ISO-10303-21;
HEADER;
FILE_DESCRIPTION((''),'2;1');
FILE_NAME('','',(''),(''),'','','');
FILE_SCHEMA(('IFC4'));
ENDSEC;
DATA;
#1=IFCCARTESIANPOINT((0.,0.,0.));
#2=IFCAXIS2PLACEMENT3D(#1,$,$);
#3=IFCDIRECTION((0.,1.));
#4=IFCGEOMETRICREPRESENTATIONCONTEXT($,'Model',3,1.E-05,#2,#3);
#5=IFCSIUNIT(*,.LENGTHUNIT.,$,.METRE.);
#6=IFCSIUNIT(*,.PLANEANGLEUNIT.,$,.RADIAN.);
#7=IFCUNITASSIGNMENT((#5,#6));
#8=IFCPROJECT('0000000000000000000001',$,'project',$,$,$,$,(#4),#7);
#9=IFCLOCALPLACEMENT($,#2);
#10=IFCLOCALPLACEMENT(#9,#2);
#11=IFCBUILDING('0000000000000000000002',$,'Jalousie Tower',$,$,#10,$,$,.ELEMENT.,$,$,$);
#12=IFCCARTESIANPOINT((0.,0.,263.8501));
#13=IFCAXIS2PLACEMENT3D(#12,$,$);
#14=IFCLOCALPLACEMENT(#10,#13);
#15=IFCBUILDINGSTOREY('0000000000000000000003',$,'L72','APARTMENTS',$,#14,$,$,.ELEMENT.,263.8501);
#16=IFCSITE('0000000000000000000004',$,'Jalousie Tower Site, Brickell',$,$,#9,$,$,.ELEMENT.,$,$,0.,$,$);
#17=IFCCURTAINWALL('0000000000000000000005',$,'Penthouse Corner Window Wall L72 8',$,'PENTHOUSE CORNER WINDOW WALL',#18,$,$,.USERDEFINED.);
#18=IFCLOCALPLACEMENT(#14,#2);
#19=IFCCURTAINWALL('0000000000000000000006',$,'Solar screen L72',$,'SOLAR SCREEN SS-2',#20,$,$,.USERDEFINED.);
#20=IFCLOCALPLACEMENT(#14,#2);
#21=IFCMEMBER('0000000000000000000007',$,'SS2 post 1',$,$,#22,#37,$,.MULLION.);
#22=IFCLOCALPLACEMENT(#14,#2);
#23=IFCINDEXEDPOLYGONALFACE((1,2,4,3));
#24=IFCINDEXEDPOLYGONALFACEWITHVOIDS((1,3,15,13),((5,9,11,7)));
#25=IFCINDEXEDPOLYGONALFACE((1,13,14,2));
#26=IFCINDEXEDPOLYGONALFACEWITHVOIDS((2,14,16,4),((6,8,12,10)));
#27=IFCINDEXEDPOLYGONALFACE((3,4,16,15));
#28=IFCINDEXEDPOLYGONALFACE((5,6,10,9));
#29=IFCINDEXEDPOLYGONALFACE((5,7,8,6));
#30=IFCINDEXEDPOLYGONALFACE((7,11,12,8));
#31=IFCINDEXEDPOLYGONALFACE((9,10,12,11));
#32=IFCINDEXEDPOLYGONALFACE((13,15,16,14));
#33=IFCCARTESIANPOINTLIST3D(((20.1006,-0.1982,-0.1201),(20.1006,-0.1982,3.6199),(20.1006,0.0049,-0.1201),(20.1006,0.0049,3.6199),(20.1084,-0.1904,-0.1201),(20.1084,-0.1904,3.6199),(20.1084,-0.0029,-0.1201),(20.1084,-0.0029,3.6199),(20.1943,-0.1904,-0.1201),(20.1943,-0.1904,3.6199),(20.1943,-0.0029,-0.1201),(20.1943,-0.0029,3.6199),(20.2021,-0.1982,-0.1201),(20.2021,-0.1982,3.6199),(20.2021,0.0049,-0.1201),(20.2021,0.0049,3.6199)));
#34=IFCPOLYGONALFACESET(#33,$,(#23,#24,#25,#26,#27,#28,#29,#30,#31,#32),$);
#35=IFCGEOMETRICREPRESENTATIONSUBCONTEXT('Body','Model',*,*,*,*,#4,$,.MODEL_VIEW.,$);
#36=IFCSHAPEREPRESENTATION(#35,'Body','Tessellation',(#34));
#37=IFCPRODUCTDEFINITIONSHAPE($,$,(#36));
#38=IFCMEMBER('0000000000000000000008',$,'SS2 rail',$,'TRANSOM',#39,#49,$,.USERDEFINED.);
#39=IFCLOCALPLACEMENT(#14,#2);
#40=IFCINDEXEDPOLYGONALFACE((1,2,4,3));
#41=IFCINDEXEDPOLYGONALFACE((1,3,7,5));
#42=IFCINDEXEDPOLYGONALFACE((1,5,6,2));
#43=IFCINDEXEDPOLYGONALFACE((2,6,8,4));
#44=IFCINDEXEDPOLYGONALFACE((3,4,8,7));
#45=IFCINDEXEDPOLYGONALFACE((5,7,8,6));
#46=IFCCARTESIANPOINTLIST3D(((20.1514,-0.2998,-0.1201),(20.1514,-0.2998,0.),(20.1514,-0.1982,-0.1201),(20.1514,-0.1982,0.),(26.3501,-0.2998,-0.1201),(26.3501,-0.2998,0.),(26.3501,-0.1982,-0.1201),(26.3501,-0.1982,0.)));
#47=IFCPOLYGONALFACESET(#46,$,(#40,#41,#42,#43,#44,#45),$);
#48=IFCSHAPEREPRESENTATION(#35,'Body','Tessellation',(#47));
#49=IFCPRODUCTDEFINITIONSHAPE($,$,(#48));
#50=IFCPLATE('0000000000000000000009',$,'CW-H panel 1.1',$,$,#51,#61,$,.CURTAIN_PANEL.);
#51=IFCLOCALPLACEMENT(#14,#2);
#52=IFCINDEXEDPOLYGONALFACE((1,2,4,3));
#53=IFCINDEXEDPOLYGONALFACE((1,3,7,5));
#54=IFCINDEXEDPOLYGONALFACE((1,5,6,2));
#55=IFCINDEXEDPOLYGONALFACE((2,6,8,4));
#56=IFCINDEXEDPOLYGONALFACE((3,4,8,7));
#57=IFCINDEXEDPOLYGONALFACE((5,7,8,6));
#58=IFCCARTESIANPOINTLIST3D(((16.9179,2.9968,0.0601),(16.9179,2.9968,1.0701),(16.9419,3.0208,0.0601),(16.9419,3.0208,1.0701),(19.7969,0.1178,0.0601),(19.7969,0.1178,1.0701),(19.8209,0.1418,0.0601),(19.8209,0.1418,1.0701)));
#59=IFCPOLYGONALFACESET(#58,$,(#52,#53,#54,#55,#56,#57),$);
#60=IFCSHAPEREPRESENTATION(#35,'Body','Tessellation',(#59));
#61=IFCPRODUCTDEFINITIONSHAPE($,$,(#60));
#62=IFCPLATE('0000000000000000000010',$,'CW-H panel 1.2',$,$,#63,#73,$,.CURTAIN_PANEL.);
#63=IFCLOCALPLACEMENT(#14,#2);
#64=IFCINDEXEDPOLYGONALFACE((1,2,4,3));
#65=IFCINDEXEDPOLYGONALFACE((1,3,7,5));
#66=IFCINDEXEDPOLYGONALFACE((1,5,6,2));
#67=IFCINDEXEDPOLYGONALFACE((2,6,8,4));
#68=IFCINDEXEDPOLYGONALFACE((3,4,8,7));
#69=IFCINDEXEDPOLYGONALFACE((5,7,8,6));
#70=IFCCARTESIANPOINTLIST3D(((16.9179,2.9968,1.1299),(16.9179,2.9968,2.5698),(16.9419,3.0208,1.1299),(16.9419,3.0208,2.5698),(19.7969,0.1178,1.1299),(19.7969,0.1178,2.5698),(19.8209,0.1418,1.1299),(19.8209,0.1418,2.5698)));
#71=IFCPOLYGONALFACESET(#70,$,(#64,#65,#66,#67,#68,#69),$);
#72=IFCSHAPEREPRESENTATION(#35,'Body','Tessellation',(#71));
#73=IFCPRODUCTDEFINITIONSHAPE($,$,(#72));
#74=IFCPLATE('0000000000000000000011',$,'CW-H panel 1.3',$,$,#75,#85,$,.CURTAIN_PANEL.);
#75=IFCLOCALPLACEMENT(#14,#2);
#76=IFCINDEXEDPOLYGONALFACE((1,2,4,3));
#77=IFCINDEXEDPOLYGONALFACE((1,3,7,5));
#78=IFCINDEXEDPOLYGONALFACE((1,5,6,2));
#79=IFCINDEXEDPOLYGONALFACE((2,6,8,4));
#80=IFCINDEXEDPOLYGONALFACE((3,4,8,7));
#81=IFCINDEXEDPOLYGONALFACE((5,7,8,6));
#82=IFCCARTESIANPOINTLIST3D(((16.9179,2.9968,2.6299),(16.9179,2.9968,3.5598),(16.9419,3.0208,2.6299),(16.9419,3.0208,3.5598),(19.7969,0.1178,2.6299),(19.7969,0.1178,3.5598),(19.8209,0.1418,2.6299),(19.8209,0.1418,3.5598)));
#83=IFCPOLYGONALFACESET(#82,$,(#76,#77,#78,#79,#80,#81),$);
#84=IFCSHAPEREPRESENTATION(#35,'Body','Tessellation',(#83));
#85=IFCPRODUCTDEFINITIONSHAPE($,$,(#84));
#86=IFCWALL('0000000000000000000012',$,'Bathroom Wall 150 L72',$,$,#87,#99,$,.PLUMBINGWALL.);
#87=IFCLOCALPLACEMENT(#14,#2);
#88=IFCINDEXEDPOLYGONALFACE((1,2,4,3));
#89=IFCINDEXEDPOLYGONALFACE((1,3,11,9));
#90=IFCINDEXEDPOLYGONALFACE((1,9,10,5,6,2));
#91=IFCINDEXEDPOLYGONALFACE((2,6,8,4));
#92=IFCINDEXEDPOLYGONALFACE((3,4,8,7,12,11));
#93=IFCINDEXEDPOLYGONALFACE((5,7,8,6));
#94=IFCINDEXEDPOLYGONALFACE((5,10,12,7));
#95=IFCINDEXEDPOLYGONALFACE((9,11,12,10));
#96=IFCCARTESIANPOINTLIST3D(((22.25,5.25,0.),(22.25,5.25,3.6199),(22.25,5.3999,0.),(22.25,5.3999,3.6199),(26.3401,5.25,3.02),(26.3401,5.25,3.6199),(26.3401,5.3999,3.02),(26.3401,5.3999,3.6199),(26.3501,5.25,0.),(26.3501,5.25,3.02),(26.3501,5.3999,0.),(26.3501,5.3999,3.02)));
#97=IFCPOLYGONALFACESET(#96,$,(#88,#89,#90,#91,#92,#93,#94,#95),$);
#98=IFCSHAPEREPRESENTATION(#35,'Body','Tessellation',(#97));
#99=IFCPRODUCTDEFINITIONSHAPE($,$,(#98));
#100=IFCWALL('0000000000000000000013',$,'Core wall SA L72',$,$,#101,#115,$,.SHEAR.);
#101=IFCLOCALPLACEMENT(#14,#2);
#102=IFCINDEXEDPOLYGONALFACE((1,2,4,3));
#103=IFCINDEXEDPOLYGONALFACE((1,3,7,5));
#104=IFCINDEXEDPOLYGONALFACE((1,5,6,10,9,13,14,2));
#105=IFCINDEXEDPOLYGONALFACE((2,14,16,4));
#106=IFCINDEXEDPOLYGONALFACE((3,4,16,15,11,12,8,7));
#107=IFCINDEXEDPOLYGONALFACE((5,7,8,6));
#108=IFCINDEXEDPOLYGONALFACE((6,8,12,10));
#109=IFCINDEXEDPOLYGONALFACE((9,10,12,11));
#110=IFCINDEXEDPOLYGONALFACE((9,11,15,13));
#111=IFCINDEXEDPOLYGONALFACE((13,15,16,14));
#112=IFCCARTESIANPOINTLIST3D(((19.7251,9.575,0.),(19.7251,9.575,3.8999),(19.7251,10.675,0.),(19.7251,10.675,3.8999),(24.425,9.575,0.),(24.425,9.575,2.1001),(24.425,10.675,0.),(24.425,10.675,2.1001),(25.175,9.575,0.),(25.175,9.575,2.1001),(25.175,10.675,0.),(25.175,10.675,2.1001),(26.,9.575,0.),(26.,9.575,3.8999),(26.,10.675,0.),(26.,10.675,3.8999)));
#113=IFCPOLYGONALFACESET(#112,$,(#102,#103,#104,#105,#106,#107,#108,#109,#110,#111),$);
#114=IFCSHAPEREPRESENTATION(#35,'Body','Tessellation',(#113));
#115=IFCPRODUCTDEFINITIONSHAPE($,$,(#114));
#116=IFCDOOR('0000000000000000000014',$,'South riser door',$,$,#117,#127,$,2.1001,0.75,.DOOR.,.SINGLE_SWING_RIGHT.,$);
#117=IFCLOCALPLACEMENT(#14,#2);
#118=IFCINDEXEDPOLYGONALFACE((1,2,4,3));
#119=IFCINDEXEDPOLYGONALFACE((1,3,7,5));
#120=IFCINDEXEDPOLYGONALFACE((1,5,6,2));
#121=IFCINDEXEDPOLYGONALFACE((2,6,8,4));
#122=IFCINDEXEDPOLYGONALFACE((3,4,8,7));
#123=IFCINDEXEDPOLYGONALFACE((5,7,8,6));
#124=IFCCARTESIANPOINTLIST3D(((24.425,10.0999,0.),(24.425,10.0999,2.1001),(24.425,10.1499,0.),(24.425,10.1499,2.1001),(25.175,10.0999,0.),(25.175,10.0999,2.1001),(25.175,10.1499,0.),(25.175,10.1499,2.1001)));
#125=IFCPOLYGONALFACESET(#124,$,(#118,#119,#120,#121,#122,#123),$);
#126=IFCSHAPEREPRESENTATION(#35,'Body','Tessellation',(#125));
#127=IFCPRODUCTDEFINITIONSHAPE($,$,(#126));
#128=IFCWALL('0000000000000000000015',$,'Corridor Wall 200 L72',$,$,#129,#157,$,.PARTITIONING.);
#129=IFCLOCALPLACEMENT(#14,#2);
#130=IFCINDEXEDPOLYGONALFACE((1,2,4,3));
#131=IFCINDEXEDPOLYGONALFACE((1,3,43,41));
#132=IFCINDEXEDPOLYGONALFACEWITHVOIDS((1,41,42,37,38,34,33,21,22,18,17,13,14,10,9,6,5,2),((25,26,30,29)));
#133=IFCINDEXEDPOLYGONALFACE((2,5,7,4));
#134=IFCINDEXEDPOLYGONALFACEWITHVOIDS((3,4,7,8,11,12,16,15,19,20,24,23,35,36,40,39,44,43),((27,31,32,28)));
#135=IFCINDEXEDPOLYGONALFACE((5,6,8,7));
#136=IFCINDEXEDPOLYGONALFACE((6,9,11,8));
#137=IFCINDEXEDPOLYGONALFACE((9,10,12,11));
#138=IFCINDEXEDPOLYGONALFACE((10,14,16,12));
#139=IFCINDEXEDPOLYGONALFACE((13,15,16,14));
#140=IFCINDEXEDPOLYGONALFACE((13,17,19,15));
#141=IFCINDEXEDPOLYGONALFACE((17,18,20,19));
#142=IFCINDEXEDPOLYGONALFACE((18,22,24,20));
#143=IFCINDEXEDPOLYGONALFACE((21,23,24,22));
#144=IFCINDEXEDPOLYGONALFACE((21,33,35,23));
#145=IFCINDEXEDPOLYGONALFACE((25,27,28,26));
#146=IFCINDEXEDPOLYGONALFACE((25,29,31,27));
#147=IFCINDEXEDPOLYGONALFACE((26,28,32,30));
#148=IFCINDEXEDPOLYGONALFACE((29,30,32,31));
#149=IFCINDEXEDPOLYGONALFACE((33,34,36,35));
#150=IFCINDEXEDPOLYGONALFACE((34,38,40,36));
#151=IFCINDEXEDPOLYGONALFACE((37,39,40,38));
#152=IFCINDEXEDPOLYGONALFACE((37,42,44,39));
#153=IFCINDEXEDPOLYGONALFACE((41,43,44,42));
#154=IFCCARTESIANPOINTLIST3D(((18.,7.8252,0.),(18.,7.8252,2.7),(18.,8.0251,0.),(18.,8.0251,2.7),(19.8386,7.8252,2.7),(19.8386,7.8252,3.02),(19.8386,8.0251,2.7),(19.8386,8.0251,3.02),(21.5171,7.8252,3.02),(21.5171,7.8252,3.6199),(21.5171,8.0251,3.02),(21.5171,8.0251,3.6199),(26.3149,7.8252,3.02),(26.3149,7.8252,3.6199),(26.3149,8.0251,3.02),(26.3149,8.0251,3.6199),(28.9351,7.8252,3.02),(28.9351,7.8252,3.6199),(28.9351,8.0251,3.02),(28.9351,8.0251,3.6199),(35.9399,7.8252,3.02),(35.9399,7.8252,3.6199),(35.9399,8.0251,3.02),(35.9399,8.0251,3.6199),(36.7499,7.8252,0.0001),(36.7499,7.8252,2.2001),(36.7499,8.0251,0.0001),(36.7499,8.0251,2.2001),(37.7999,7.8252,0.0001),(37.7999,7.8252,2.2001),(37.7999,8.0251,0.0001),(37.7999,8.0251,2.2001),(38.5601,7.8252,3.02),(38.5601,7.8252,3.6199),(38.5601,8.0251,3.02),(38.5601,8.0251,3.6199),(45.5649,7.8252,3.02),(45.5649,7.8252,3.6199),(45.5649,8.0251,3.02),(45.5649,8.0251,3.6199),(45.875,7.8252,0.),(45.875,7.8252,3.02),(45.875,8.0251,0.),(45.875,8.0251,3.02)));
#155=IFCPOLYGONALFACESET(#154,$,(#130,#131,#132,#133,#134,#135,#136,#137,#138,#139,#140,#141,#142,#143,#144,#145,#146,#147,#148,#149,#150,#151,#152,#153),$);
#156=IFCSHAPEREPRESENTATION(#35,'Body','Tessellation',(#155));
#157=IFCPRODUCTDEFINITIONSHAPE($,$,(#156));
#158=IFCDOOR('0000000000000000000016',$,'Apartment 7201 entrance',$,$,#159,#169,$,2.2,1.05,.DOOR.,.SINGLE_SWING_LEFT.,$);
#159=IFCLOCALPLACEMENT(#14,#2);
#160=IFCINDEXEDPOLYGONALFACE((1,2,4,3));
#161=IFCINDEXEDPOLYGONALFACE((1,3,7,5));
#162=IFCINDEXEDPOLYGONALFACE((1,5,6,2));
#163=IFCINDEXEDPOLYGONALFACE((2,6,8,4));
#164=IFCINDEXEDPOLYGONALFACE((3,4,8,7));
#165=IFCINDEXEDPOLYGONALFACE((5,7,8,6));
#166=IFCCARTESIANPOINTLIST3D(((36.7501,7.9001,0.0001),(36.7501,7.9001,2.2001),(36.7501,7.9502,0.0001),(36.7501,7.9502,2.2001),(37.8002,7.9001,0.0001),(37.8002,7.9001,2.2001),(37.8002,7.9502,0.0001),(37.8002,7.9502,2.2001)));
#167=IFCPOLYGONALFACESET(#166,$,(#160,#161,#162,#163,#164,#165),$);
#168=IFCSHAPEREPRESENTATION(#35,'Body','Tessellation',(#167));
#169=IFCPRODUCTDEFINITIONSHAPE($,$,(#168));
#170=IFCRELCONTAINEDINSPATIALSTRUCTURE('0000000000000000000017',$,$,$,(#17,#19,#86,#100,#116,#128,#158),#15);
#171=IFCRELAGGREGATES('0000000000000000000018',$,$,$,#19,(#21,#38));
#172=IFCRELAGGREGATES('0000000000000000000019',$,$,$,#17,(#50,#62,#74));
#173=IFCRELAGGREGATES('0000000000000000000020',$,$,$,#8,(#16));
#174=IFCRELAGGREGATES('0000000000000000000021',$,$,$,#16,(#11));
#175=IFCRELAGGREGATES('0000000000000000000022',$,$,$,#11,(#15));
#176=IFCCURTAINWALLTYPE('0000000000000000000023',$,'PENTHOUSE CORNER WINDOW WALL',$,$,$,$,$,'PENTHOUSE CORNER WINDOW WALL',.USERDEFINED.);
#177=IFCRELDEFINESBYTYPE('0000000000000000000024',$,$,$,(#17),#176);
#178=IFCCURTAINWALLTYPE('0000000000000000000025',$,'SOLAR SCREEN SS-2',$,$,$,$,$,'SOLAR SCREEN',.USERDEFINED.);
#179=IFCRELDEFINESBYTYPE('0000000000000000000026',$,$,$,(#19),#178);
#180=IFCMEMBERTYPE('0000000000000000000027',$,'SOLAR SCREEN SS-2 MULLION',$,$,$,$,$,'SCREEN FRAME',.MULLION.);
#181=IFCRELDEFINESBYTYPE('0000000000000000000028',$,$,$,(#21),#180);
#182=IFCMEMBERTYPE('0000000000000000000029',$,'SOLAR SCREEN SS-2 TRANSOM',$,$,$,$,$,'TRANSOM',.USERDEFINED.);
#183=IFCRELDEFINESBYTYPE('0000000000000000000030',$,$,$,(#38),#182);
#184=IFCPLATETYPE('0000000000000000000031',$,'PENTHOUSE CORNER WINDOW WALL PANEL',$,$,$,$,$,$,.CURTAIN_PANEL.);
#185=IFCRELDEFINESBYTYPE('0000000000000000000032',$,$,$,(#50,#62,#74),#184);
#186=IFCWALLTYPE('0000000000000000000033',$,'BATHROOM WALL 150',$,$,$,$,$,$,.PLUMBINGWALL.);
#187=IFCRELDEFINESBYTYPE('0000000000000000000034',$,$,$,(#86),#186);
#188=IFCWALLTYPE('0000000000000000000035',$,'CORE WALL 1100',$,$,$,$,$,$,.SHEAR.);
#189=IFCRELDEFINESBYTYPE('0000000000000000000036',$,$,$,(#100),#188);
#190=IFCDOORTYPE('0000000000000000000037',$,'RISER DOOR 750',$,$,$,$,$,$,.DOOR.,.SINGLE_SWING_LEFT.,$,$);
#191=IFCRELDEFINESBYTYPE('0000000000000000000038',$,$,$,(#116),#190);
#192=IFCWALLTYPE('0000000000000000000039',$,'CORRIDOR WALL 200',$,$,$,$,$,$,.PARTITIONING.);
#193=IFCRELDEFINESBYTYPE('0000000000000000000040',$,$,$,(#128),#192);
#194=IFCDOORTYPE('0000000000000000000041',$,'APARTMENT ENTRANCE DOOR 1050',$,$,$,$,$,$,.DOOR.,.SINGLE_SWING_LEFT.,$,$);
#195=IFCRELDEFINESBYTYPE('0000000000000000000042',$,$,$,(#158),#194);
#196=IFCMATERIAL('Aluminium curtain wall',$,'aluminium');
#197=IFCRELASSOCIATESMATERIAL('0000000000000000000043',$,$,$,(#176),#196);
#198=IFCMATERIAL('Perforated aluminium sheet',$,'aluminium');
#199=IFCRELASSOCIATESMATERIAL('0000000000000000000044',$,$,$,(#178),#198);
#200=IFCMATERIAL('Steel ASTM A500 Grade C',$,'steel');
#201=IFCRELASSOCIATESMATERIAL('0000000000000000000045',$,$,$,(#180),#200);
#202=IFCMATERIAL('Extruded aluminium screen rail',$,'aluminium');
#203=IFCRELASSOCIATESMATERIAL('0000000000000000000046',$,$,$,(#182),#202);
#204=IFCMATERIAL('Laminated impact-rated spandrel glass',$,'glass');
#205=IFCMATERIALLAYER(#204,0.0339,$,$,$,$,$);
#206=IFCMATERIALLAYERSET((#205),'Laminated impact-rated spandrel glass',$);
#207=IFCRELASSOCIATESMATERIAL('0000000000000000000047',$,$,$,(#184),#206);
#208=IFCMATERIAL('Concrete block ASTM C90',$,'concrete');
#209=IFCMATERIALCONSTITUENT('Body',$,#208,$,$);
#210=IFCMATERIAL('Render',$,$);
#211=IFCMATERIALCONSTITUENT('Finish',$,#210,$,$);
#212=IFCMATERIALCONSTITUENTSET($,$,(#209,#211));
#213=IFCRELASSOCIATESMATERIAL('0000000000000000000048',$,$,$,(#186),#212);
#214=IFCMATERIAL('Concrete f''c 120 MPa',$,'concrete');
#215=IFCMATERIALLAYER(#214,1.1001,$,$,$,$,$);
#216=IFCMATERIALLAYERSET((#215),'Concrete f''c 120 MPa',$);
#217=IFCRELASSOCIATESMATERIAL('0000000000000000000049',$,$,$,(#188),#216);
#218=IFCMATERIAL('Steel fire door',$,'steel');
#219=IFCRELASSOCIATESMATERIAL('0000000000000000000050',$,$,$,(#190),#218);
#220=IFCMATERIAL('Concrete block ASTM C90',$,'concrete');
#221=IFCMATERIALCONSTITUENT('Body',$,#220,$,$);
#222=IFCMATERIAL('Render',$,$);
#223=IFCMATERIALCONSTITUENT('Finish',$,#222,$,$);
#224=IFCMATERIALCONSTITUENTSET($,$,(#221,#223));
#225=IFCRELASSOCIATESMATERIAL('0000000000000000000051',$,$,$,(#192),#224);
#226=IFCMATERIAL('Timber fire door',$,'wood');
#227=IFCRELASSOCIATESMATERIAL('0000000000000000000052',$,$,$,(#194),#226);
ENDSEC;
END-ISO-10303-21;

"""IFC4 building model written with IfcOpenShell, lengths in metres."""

from ifc_helpers import new_model, si_unit, direction, frame, frame_2d, origin, origin_2d, place, context, subcontext, project, spatial, polyline, rectangle, hollow_rectangle, outline, extrude, material, layer, layer_set, constituent, constituent_set, material_profile, profile_set, type_object, element, fill, aggregate, save


model = new_model("IFC4")

# Units and contexts
model_context = context("Model", 3, precision=1e-05, world=origin(), true_north=direction((0.0, 1.0)))
body_context = subcontext(model_context, "Body", "Model", "MODEL_VIEW")
ifc_project = project(units=[si_unit("LENGTHUNIT", "METRE"), si_unit("PLANEANGLEUNIT", "RADIAN")], contexts=[model_context])

# Site, building, storey
site_placement = place(None, origin())
site = spatial("IfcSite", under=ifc_project, at=site_placement, Name="Jalousie Tower Site, Brickell", CompositionType="ELEMENT", RefElevation=0.0)
building_placement = place(site_placement, origin())
building = spatial("IfcBuilding", under=site, at=building_placement, Name="Jalousie Tower", CompositionType="ELEMENT")
storey_placement = place(building_placement, frame((0.0, 0.0, 263.8501)))
storey = spatial("IfcBuildingStorey", under=building, at=storey_placement, Name="L72", Description="APARTMENTS", CompositionType="ELEMENT", Elevation=263.8501)

# Curtain wall
ifc_material_1 = material(Name="Aluminium curtain wall", Category="aluminium")
curtain_wall_type_1 = type_object("IfcCurtainWallType", Name="PENTHOUSE CORNER WINDOW WALL", ElementType="PENTHOUSE CORNER WINDOW WALL", PredefinedType="USERDEFINED", material=ifc_material_1)
curtain_wall_1_placement = place(storey_placement, origin())
curtain_wall_1 = element("IfcCurtainWall", 1, at=curtain_wall_1_placement, inside=storey, type_object=curtain_wall_type_1, Name="Penthouse Corner Window Wall L72 8", ObjectType="PENTHOUSE CORNER WINDOW WALL", PredefinedType="USERDEFINED")

# Curtain wall, members
ifc_material_2 = material(Name="Perforated aluminium sheet", Category="aluminium")
curtain_wall_type_2 = type_object("IfcCurtainWallType", Name="SOLAR SCREEN SS-2", ElementType="SOLAR SCREEN", PredefinedType="USERDEFINED", material=ifc_material_2)
curtain_wall_2_placement = place(storey_placement, origin())
curtain_wall_2 = element("IfcCurtainWall", 2, at=curtain_wall_2_placement, inside=storey, type_object=curtain_wall_type_2, Name="Solar screen L72", ObjectType="SOLAR SCREEN SS-2", PredefinedType="USERDEFINED")
ifc_material_3 = material(Name="Steel ASTM A500 Grade C", Category="steel")
ifc_material_profile_1 = material_profile(ifc_material_3, hollow_rectangle(XDim=0.1016, YDim=0.2031, WallThickness=0.0078, at=origin_2d()), Name="HSS8X4X5/16")
ifc_profile_set_1 = profile_set([ifc_material_profile_1], Name="Steel ASTM A500 Grade C")
member_type_1 = type_object("IfcMemberType", Name="SOLAR SCREEN SS-2 MULLION", ElementType="SCREEN FRAME", PredefinedType="MULLION", material=ifc_profile_set_1)
member_1_placement = place(storey_placement, frame((20.1514, -0.0967, -0.1201), z_axis=(0.0, 0.0, 1.0), x_axis=(1.0, 0.0, 0.0)))
member_1 = element("IfcMember", 3, at=member_1_placement, type_object=member_type_1, Name="SS2 post 1", PredefinedType="MULLION", context=body_context, shape_type="SweptSolid", body=[
    extrude(hollow_rectangle(XDim=0.1016, YDim=0.2031, WallThickness=0.0078, at=origin_2d()), origin(), (0.0, 0.0, 1.0), 3.74),
])
ifc_material_4 = material(Name="Extruded aluminium screen rail", Category="aluminium")
ifc_material_profile_2 = material_profile(ifc_material_4, rectangle(XDim=0.1016, YDim=0.1201, at=origin_2d()), Name="RAIL 102x120")
ifc_profile_set_2 = profile_set([ifc_material_profile_2], Name="Extruded aluminium screen rail")
member_type_2 = type_object("IfcMemberType", Name="SOLAR SCREEN SS-2 TRANSOM", ElementType="TRANSOM", PredefinedType="USERDEFINED", material=ifc_profile_set_2)
member_2_placement = place(storey_placement, frame((20.1514, -0.249, -0.0601), z_axis=(1.0, 0.0, 0.0), x_axis=(0.0, 1.0, 0.0)))
member_2 = element("IfcMember", 4, at=member_2_placement, type_object=member_type_2, Name="SS2 rail", ObjectType="TRANSOM", PredefinedType="USERDEFINED", context=body_context, shape_type="SweptSolid", body=[
    extrude(rectangle(XDim=0.1016, YDim=0.1201, at=origin_2d()), origin(), (0.0, 0.0, 1.0), 6.1987),
])
aggregate(curtain_wall_2, [member_1, member_2])

# Plates
ifc_material_5 = material(Name="Laminated impact-rated spandrel glass", Category="glass")
ifc_layer_1 = layer(ifc_material_5, 0.0339)
ifc_layer_set_1 = layer_set([ifc_layer_1], Name="Laminated impact-rated spandrel glass")
plate_type = type_object("IfcPlateType", Name="PENTHOUSE CORNER WINDOW WALL PANEL", PredefinedType="CURTAIN_PANEL", material=ifc_layer_set_1)
plate_1_placement = place(storey_placement, frame((18.3694, 1.5693, 0.0601), z_axis=(0.0, 0.0, 1.0), x_axis=(0.707107, -0.707107, 0.0)))
plate_1 = element("IfcPlate", 5, at=plate_1_placement, type_object=plate_type, Name="CW-H panel 1.1", PredefinedType="CURTAIN_PANEL", context=body_context, shape_type="SweptSolid", body=[
    extrude(rectangle(XDim=4.0715, YDim=0.0339, at=origin_2d()), origin(), (0.0, 0.0, 1.0), 1.01),
])
plate_2_placement = place(storey_placement, frame((18.3694, 1.5693, 1.1299), z_axis=(0.0, 0.0, 1.0), x_axis=(0.707107, -0.707107, 0.0)))
plate_2 = element("IfcPlate", 6, at=plate_2_placement, type_object=plate_type, Name="CW-H panel 1.2", PredefinedType="CURTAIN_PANEL", context=body_context, shape_type="SweptSolid", body=[
    extrude(rectangle(XDim=4.0715, YDim=0.0339, at=origin_2d()), origin(), (0.0, 0.0, 1.0), 1.4399),
])
plate_3_placement = place(storey_placement, frame((18.3694, 1.5693, 2.6299), z_axis=(0.0, 0.0, 1.0), x_axis=(0.707107, -0.707107, 0.0)))
plate_3 = element("IfcPlate", 7, at=plate_3_placement, type_object=plate_type, Name="CW-H panel 1.3", PredefinedType="CURTAIN_PANEL", context=body_context, shape_type="SweptSolid", body=[
    extrude(rectangle(XDim=4.0715, YDim=0.0339, at=origin_2d()), origin(), (0.0, 0.0, 1.0), 0.9299),
])
aggregate(curtain_wall_1, [plate_1, plate_2, plate_3])

# Wall
ifc_material_6 = material(Name="Concrete block ASTM C90", Category="concrete")
ifc_constituent_1 = constituent(ifc_material_6, Name="Body")
ifc_material_7 = material(Name="Render")
ifc_constituent_2 = constituent(ifc_material_7, Name="Finish")
ifc_constituent_set_1 = constituent_set(constituents=[ifc_constituent_1, ifc_constituent_2])
wall_type_1 = type_object("IfcWallType", Name="BATHROOM WALL 150", PredefinedType="PLUMBINGWALL", material=ifc_constituent_set_1)
wall_1_placement = place(storey_placement, frame((22.25, 5.325, 0.0), z_axis=(0.0, 0.0, 1.0), x_axis=(1.0, 0.0, 0.0)))
element("IfcWall", 8, at=wall_1_placement, inside=storey, type_object=wall_type_1, Name="Bathroom Wall 150 L72", PredefinedType="PLUMBINGWALL", context=body_context, shape_type="SweptSolid", body=[
    extrude(outline(polyline([(0.0, 0.0), (4.1001, 0.0), (4.1001, 3.6199), (4.1001, 3.02), (4.0901, 3.02), (4.0901, 3.6199), (0.0, 3.6199), (0.0, 0.0)])), frame((0.0, 0.075, 0.0), z_axis=(0.0, -1.0, 0.0), x_axis=(1.0, 0.0, 0.0)), (0.0, 0.0, 1.0), 0.1499),
])

# Walls, openings, doors
ifc_material_8 = material(Name="Concrete f'c 120 MPa", Category="concrete")
ifc_layer_2 = layer(ifc_material_8, 1.1001)
ifc_layer_set_2 = layer_set([ifc_layer_2], Name="Concrete f'c 120 MPa")
wall_type_2 = type_object("IfcWallType", Name="CORE WALL 1100", PredefinedType="SHEAR", material=ifc_layer_set_2)
wall_2_placement = place(storey_placement, frame((19.7251, 10.125, 0.0), z_axis=(0.0, 0.0, 1.0), x_axis=(1.0, 0.0, 0.0)))
wall_2 = element("IfcWall", 9, at=wall_2_placement, inside=storey, type_object=wall_type_2, Name="Core wall SA L72", PredefinedType="SHEAR", context=body_context, shape_type="SweptSolid", body=[
    extrude(rectangle(XDim=6.2749, YDim=1.1001, at=frame_2d((3.1375, 0.0))), origin(), (0.0, 0.0, 1.0), 3.8999),
])
opening_1_placement = place(wall_2_placement, frame((4.7, 0.0, 0.0)))
opening_1 = element("IfcOpeningElement", 10, at=opening_1_placement, cuts=wall_2, PredefinedType="OPENING", context=body_context, shape_type="SweptSolid", body=[
    extrude(rectangle(XDim=0.75, YDim=2.1001, at=frame_2d((0.375, 1.05))), frame((0.0, 0.5601, 0.0), z_axis=(0.0, -1.0, 0.0), x_axis=(1.0, 0.0, 0.0)), (0.0, 0.0, 1.0), 1.1201),
])
ifc_material_9 = material(Name="Steel fire door", Category="steel")
door_type_1 = type_object("IfcDoorType", Name="RISER DOOR 750", OperationType="SINGLE_SWING_LEFT", PredefinedType="DOOR", material=ifc_material_9)
door_1_placement = place(opening_1_placement, origin())
door_1 = element("IfcDoor", 11, at=door_1_placement, inside=storey, type_object=door_type_1, Name="South riser door", OperationType="SINGLE_SWING_RIGHT", OverallHeight=2.1001, OverallWidth=0.75, PredefinedType="DOOR", context=body_context, shape_type="SweptSolid", body=[
    extrude(rectangle(XDim=0.75, YDim=2.1001, at=frame_2d((0.375, 1.05))), frame((0.0, 0.0249, 0.0), z_axis=(0.0, -1.0, 0.0), x_axis=(1.0, 0.0, 0.0)), (0.0, 0.0, 1.0), 0.05),
])
fill(opening_1, door_1)
ifc_material_10 = material(Name="Concrete block ASTM C90", Category="concrete")
ifc_constituent_3 = constituent(ifc_material_10, Name="Body")
ifc_material_11 = material(Name="Render")
ifc_constituent_4 = constituent(ifc_material_11, Name="Finish")
ifc_constituent_set_2 = constituent_set(constituents=[ifc_constituent_3, ifc_constituent_4])
wall_type_3 = type_object("IfcWallType", Name="CORRIDOR WALL 200", PredefinedType="PARTITIONING", material=ifc_constituent_set_2)
wall_3_placement = place(storey_placement, frame((18.0, 7.925, 0.0), z_axis=(0.0, 0.0, 1.0), x_axis=(1.0, 0.0, 0.0)))
wall_3 = element("IfcWall", 12, at=wall_3_placement, inside=storey, type_object=wall_type_3, Name="Corridor Wall 200 L72", PredefinedType="PARTITIONING", context=body_context, shape_type="SweptSolid", body=[
    extrude(outline(polyline([(0.0, 0.0), (27.875, 0.0), (27.875, 3.6199), (27.875, 3.02), (27.5649, 3.02), (27.5649, 3.6199), (20.5601, 3.6199), (20.5601, 3.02), (17.9399, 3.02), (17.9399, 3.6199), (10.9351, 3.6199), (10.9351, 3.02), (8.3149, 3.02), (8.3149, 3.6199), (3.5171, 3.6199), (3.5171, 3.02), (1.8386, 3.02), (1.8386, 2.7), (0.0, 2.7), (0.0, 3.6199), (0.0, 0.0)])), frame((0.0, 0.1001, 0.0), z_axis=(0.0, -1.0, 0.0), x_axis=(1.0, 0.0, 0.0)), (0.0, 0.0, 1.0), 0.2),
])
opening_2_placement = place(wall_3_placement, frame((18.75, 0.0, 0.0)))
opening_2 = element("IfcOpeningElement", 13, at=opening_2_placement, cuts=wall_3, PredefinedType="OPENING", context=body_context, shape_type="SweptSolid", body=[
    extrude(rectangle(XDim=1.05, YDim=2.2, at=frame_2d((0.5249, 1.1001))), frame((0.0, 0.1099, 0.0), z_axis=(0.0, -1.0, 0.0), x_axis=(1.0, 0.0, 0.0)), (0.0, 0.0, 1.0), 0.22),
])
ifc_material_12 = material(Name="Timber fire door", Category="wood")
door_type_2 = type_object("IfcDoorType", Name="APARTMENT ENTRANCE DOOR 1050", OperationType="SINGLE_SWING_LEFT", PredefinedType="DOOR", material=ifc_material_12)
door_2_placement = place(opening_2_placement, frame((1.05, 0.0, 0.0), z_axis=(0.0, 0.0, 1.0), x_axis=(-1.0, 0.0, 0.0)))
door_2 = element("IfcDoor", 14, at=door_2_placement, inside=storey, type_object=door_type_2, Name="Apartment 7201 entrance", OperationType="SINGLE_SWING_LEFT", OverallHeight=2.2, OverallWidth=1.05, PredefinedType="DOOR", context=body_context, shape_type="SweptSolid", body=[
    extrude(rectangle(XDim=1.05, YDim=2.2, at=frame_2d((0.5249, 1.1001))), frame((0.0, 0.0249, 0.0), z_axis=(0.0, -1.0, 0.0), x_axis=(1.0, 0.0, 0.0)), (0.0, 0.0, 1.0), 0.05),
])
fill(opening_2, door_2)

save(model, "model.ifc")
